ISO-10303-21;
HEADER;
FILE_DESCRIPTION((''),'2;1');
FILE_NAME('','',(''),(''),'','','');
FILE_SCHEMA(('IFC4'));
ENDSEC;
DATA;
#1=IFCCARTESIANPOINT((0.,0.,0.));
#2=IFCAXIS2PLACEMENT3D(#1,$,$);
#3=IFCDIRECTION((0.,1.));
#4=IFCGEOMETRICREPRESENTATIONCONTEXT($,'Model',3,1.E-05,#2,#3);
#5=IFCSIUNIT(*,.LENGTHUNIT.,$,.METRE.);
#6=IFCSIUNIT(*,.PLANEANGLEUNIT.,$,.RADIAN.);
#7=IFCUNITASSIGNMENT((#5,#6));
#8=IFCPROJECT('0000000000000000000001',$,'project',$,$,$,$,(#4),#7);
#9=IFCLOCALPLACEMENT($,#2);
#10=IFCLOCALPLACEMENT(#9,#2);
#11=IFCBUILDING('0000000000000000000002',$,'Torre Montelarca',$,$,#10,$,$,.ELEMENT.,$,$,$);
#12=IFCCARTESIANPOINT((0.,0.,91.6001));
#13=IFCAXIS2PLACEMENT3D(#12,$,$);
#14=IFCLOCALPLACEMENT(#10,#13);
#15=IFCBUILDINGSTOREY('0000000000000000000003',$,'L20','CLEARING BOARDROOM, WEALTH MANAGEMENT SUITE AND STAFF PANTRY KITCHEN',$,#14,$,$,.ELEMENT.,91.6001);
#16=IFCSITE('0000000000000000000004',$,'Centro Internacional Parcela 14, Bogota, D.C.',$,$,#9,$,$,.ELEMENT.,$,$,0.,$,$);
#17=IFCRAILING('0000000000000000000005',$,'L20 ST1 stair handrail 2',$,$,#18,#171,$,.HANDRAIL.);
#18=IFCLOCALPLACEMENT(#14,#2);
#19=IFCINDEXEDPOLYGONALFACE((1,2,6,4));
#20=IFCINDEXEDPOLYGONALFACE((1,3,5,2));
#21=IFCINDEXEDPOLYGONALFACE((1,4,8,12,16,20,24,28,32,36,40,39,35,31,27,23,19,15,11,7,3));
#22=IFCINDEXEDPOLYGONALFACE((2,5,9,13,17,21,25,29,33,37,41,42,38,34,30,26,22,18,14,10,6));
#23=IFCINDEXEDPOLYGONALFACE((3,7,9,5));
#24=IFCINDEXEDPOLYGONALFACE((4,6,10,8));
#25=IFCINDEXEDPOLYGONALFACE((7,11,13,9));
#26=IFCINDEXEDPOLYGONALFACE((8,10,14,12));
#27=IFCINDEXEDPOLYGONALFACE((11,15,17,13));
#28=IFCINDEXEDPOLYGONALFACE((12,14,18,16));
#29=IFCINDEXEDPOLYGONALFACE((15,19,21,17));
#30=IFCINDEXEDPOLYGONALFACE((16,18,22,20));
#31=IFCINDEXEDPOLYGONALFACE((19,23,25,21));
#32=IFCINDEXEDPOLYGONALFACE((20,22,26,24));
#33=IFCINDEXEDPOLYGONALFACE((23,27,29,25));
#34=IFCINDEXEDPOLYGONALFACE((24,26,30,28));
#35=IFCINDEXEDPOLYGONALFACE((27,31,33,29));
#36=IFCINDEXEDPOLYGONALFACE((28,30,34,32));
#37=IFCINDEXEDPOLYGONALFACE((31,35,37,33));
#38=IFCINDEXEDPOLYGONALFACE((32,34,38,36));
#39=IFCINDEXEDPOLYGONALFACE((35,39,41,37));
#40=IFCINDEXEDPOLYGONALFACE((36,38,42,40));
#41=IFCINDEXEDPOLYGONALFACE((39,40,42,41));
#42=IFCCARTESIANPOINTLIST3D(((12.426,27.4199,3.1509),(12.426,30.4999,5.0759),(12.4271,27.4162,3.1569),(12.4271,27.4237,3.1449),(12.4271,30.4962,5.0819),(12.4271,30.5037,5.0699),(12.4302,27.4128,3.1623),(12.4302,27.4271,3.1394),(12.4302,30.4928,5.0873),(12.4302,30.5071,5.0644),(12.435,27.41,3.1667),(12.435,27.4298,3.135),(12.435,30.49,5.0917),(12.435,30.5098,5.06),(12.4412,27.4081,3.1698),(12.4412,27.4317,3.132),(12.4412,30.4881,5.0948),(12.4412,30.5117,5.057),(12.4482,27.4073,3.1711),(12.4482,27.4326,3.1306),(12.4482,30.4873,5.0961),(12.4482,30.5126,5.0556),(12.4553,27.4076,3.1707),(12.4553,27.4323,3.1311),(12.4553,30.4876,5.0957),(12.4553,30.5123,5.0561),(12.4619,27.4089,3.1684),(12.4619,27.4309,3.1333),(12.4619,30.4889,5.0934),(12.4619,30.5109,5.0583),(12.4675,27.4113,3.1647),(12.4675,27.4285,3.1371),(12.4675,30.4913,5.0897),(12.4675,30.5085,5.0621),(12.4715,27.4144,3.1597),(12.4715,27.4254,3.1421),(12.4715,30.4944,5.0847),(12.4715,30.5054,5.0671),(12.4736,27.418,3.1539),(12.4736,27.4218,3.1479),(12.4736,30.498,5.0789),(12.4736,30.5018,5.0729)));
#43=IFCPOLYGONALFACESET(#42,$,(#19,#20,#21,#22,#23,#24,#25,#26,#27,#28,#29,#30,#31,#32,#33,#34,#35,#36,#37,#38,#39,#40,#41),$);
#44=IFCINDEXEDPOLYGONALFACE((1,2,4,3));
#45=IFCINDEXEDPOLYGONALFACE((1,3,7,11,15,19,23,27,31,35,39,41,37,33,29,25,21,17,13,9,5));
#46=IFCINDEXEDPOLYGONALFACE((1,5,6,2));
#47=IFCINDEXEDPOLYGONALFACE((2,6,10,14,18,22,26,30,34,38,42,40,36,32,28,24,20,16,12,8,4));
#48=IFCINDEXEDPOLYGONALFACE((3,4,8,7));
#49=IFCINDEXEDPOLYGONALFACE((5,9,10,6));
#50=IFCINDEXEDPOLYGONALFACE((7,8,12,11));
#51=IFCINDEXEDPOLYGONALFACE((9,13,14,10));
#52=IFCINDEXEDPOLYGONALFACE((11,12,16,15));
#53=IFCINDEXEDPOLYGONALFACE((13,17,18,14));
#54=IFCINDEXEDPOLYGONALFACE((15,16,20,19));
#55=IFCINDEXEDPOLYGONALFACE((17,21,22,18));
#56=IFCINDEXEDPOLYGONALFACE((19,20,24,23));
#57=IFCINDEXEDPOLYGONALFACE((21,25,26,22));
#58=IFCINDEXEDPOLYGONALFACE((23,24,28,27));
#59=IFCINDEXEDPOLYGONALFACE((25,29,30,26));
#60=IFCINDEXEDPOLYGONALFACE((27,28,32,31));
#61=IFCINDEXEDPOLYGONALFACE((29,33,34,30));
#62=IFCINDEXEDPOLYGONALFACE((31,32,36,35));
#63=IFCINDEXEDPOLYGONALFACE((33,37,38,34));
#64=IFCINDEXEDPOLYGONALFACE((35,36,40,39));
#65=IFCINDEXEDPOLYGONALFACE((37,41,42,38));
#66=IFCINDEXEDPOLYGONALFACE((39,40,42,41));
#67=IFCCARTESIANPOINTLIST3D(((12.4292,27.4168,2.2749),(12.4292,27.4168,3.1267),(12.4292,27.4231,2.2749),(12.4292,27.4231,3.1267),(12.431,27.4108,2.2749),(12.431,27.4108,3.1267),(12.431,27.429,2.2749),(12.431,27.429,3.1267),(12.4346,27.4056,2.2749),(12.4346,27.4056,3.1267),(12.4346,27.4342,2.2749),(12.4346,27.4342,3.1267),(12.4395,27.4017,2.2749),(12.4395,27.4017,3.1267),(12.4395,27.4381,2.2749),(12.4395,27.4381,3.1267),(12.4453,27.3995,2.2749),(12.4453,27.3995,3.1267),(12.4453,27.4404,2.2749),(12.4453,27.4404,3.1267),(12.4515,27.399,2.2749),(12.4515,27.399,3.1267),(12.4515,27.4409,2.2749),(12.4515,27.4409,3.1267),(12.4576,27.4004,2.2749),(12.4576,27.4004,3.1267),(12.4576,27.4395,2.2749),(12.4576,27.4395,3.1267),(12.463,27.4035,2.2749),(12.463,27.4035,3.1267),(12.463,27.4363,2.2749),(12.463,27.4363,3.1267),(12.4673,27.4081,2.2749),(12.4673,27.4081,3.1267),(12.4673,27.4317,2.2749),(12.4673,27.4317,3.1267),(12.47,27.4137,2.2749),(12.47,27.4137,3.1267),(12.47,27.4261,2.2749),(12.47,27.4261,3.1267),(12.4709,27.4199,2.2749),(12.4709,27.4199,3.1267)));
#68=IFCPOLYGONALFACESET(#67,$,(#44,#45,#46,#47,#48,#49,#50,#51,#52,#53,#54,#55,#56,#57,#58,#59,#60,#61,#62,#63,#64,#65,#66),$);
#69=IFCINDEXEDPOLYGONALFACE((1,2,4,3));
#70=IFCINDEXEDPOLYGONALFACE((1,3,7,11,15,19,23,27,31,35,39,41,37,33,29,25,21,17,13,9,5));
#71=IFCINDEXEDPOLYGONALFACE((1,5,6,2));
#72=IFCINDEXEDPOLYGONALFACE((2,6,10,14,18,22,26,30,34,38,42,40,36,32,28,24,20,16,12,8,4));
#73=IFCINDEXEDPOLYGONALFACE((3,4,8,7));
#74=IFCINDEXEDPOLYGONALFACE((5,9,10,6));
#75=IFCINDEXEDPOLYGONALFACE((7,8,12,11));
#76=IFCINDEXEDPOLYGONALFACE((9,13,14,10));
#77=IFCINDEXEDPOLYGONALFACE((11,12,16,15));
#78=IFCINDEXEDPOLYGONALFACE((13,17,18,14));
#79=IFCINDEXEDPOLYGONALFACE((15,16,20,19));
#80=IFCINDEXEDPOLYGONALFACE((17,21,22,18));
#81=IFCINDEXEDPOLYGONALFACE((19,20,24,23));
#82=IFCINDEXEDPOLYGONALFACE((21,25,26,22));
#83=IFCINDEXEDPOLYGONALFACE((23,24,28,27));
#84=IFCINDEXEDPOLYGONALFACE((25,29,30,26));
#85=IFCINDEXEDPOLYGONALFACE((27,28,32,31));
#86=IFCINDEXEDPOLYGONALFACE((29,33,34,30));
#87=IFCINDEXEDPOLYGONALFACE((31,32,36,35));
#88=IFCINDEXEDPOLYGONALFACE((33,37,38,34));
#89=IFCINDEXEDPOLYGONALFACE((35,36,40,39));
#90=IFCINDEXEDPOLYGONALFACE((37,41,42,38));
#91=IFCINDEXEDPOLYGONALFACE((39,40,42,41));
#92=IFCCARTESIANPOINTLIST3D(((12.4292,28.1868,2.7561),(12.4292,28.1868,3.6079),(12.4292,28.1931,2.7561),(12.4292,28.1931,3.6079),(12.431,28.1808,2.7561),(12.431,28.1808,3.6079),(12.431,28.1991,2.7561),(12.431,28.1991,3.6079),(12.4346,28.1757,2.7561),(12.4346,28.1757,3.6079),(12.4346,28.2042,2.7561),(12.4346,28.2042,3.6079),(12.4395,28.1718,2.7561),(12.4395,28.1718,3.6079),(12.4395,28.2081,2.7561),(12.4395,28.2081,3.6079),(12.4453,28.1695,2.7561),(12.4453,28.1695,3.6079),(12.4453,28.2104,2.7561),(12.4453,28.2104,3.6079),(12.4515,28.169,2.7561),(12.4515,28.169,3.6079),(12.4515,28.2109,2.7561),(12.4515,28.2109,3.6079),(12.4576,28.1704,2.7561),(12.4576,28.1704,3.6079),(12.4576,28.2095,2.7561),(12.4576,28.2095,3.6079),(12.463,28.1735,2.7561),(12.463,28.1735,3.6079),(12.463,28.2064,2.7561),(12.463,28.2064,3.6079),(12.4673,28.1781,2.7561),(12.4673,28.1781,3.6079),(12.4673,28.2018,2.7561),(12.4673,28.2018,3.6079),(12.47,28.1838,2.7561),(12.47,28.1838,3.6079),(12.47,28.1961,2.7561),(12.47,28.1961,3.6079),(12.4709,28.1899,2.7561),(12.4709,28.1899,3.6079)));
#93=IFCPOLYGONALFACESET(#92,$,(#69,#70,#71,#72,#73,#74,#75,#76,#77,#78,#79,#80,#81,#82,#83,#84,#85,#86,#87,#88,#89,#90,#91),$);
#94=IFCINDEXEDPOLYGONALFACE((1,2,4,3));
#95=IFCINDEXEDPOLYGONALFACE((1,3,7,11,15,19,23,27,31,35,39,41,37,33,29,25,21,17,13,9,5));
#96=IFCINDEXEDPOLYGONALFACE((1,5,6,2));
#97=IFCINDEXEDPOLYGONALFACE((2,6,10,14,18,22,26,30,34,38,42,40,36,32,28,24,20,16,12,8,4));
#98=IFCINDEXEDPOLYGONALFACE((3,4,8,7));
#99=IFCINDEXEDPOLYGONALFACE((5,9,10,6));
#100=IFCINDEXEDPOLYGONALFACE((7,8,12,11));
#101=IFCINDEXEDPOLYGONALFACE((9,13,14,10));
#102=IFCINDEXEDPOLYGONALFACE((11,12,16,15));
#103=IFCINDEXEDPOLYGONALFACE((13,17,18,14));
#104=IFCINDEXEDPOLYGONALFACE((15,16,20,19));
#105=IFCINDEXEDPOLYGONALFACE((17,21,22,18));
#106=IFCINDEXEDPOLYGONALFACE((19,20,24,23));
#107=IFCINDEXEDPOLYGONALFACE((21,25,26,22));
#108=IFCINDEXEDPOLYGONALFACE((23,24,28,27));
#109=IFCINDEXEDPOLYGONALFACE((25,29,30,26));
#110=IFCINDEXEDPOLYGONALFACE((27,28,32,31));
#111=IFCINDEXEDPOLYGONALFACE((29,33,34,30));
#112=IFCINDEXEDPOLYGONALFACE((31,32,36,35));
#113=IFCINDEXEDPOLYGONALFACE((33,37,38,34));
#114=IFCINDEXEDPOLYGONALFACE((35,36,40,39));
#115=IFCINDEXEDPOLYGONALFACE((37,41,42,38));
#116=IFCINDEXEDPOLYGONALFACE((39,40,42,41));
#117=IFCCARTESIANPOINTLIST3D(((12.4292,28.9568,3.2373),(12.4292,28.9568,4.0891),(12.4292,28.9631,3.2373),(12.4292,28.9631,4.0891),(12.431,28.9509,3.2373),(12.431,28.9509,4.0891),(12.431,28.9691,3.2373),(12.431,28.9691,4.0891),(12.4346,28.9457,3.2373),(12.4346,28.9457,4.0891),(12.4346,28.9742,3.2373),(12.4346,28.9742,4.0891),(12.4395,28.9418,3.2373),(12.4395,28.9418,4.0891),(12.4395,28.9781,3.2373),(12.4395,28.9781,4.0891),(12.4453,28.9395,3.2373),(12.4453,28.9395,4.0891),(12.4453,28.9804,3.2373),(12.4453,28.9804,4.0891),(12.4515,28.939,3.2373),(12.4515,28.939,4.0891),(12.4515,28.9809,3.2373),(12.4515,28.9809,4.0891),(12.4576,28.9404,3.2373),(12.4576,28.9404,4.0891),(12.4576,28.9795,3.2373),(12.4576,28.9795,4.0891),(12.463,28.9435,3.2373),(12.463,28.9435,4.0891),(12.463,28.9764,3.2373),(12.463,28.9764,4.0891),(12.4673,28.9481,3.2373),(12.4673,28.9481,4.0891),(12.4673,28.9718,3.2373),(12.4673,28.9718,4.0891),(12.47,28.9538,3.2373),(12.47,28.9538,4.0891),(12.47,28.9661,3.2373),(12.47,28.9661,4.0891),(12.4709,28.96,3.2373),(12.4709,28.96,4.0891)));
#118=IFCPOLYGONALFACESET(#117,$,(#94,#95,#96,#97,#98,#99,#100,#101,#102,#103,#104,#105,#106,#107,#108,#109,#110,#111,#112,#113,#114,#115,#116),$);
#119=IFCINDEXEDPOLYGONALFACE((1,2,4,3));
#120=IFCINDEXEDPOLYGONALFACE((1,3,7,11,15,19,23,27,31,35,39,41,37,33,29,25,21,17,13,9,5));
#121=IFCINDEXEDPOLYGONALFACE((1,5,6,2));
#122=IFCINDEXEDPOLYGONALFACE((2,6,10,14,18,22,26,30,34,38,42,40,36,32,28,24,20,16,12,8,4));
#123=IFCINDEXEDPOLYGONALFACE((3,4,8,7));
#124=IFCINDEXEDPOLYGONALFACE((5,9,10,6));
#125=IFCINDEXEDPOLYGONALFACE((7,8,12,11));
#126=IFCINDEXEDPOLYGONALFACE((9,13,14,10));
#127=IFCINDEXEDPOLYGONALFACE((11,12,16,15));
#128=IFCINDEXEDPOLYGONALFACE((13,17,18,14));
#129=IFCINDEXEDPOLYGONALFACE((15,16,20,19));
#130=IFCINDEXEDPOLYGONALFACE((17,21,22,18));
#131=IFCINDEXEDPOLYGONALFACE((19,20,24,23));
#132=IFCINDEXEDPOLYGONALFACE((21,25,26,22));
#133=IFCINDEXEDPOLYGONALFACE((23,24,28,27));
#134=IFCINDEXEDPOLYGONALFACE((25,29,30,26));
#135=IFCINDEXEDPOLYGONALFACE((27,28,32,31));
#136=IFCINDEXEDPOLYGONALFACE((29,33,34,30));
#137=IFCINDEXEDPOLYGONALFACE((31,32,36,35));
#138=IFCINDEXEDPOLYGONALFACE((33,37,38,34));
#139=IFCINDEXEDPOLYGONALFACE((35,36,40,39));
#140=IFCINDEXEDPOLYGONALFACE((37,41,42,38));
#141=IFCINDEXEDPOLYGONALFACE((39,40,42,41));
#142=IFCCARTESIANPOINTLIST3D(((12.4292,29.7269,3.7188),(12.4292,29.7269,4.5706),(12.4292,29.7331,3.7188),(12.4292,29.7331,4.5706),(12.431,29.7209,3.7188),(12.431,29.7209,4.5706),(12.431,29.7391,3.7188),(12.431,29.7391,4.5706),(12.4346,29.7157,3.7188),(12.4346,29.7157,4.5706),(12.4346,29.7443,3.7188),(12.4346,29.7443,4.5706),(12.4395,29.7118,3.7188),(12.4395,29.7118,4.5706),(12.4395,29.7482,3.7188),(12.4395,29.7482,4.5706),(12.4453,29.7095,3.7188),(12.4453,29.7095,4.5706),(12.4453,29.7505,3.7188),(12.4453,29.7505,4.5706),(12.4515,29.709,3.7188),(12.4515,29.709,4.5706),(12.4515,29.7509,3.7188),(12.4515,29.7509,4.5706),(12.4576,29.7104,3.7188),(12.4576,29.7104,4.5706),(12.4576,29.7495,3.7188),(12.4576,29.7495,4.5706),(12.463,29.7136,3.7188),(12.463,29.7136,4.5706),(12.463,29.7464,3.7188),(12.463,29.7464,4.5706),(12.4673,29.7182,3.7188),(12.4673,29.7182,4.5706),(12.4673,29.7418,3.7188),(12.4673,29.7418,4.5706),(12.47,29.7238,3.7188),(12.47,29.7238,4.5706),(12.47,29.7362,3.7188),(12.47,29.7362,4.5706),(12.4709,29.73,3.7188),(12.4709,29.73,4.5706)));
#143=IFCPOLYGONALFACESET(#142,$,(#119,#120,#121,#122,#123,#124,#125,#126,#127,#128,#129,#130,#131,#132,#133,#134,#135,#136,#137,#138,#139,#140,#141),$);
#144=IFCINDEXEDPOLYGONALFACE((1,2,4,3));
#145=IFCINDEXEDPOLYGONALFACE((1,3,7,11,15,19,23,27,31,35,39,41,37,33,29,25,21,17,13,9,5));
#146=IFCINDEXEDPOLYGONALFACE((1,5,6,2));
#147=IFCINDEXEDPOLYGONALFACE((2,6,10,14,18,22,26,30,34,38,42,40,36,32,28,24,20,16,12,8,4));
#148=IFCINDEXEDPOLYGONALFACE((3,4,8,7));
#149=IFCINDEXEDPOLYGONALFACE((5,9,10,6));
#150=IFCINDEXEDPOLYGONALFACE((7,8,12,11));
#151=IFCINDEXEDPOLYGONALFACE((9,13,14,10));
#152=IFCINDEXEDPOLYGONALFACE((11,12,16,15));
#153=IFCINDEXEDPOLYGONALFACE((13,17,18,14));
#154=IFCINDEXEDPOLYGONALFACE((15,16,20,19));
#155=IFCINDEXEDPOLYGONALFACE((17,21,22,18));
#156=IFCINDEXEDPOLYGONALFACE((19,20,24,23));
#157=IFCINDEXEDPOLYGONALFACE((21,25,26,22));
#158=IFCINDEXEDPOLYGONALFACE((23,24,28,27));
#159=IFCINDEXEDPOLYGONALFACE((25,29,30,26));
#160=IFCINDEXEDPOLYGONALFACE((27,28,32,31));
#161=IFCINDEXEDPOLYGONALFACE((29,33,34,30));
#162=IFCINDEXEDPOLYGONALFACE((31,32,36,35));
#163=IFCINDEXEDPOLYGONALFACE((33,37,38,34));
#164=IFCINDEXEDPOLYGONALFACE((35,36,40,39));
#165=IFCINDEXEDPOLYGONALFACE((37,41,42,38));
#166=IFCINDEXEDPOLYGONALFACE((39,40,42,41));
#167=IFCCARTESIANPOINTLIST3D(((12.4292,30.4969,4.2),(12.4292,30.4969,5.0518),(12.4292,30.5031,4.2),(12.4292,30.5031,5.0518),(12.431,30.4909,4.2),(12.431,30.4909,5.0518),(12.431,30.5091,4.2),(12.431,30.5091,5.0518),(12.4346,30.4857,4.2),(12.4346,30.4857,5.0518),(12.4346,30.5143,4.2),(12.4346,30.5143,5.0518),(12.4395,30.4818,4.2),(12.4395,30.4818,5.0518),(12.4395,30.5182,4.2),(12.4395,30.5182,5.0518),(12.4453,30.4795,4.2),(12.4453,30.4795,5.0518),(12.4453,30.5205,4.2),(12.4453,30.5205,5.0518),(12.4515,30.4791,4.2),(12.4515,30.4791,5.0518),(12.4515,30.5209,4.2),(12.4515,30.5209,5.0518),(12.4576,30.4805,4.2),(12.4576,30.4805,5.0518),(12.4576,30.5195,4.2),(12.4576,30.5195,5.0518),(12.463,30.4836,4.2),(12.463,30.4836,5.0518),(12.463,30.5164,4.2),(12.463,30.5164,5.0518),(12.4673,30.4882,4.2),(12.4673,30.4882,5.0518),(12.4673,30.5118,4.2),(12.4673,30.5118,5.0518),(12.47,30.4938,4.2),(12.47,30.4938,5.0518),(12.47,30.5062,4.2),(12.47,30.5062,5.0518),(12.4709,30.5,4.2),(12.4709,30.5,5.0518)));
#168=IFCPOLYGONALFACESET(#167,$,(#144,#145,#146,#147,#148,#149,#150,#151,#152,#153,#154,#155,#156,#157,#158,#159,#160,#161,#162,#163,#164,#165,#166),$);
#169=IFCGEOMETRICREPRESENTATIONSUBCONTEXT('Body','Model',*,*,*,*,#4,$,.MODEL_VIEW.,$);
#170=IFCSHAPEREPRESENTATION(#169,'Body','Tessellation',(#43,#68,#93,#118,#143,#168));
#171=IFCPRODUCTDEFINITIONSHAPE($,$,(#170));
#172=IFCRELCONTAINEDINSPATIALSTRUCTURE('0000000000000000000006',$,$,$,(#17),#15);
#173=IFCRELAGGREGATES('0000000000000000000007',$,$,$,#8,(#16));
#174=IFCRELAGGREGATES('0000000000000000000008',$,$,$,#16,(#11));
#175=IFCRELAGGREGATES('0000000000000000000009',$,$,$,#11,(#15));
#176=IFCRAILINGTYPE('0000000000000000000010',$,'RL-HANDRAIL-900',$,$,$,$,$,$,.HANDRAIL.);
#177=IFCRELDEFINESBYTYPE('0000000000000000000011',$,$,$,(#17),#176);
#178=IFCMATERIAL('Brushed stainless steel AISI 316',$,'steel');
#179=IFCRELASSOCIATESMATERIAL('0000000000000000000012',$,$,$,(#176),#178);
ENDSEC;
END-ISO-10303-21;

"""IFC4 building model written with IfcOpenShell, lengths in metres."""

from ifc_helpers import new_model, si_unit, direction, frame, origin, origin_2d, place, context, subcontext, project, spatial, circle, extrude, material, type_object, element, save


model = new_model("IFC4")

# Units and contexts
model_context = context("Model", 3, precision=1e-05, world=origin(), true_north=direction((0.0, 1.0)))
body_context = subcontext(model_context, "Body", "Model", "MODEL_VIEW")
ifc_project = project(units=[si_unit("LENGTHUNIT", "METRE"), si_unit("PLANEANGLEUNIT", "RADIAN")], contexts=[model_context])

# Site, building, storey
site_placement = place(None, origin())
site = spatial("IfcSite", under=ifc_project, at=site_placement, Name="Centro Internacional Parcela 14, Bogota, D.C.", CompositionType="ELEMENT", RefElevation=0.0)
building_placement = place(site_placement, origin())
building = spatial("IfcBuilding", under=site, at=building_placement, Name="Torre Montelarca", CompositionType="ELEMENT")
storey_placement = place(building_placement, frame((0.0, 0.0, 91.6001)))
storey = spatial("IfcBuildingStorey", under=building, at=storey_placement, Name="L20", Description="CLEARING BOARDROOM, WEALTH MANAGEMENT SUITE AND STAFF PANTRY KITCHEN", CompositionType="ELEMENT", Elevation=91.6001)

# Shared definitions
ifc_material_1 = material(Name="Brushed stainless steel AISI 316", Category="steel")

# Railing
railing_type_1 = type_object("IfcRailingType", Name="RL-HANDRAIL-900", PredefinedType="HANDRAIL", material=ifc_material_1)
railing_1_placement = place(storey_placement, frame((12.45, 27.4199, 2.2749)))
element("IfcRailing", 1, at=railing_1_placement, inside=storey, type_object=railing_type_1, Name="L20 ST1 stair handrail 2", PredefinedType="HANDRAIL", context=body_context, shape_type="SweptSolid", body=[
    extrude(circle(Radius=0.0239, at=origin_2d()), frame((0.0, 0.0, 0.876), z_axis=(0.0, 0.847998, 0.529999), x_axis=(-1.0, 0.0, 0.0)), (0.0, 0.0, 1.0), 3.6321),
    extrude(circle(Radius=0.021, at=origin_2d()), origin(), (0.0, 0.0, 1.0), 0.8518),
    extrude(circle(Radius=0.021, at=origin_2d()), frame((0.0, 0.77, 0.4812)), (0.0, 0.0, 1.0), 0.8518),
    extrude(circle(Radius=0.021, at=origin_2d()), frame((0.0, 1.54, 0.9624)), (0.0, 0.0, 1.0), 0.8518),
    extrude(circle(Radius=0.021, at=origin_2d()), frame((0.0, 2.3101, 1.4438)), (0.0, 0.0, 1.0), 0.8518),
    extrude(circle(Radius=0.021, at=origin_2d()), frame((0.0, 3.0801, 1.925)), (0.0, 0.0, 1.0), 0.8518),
])

save(model, "model.ifc")
